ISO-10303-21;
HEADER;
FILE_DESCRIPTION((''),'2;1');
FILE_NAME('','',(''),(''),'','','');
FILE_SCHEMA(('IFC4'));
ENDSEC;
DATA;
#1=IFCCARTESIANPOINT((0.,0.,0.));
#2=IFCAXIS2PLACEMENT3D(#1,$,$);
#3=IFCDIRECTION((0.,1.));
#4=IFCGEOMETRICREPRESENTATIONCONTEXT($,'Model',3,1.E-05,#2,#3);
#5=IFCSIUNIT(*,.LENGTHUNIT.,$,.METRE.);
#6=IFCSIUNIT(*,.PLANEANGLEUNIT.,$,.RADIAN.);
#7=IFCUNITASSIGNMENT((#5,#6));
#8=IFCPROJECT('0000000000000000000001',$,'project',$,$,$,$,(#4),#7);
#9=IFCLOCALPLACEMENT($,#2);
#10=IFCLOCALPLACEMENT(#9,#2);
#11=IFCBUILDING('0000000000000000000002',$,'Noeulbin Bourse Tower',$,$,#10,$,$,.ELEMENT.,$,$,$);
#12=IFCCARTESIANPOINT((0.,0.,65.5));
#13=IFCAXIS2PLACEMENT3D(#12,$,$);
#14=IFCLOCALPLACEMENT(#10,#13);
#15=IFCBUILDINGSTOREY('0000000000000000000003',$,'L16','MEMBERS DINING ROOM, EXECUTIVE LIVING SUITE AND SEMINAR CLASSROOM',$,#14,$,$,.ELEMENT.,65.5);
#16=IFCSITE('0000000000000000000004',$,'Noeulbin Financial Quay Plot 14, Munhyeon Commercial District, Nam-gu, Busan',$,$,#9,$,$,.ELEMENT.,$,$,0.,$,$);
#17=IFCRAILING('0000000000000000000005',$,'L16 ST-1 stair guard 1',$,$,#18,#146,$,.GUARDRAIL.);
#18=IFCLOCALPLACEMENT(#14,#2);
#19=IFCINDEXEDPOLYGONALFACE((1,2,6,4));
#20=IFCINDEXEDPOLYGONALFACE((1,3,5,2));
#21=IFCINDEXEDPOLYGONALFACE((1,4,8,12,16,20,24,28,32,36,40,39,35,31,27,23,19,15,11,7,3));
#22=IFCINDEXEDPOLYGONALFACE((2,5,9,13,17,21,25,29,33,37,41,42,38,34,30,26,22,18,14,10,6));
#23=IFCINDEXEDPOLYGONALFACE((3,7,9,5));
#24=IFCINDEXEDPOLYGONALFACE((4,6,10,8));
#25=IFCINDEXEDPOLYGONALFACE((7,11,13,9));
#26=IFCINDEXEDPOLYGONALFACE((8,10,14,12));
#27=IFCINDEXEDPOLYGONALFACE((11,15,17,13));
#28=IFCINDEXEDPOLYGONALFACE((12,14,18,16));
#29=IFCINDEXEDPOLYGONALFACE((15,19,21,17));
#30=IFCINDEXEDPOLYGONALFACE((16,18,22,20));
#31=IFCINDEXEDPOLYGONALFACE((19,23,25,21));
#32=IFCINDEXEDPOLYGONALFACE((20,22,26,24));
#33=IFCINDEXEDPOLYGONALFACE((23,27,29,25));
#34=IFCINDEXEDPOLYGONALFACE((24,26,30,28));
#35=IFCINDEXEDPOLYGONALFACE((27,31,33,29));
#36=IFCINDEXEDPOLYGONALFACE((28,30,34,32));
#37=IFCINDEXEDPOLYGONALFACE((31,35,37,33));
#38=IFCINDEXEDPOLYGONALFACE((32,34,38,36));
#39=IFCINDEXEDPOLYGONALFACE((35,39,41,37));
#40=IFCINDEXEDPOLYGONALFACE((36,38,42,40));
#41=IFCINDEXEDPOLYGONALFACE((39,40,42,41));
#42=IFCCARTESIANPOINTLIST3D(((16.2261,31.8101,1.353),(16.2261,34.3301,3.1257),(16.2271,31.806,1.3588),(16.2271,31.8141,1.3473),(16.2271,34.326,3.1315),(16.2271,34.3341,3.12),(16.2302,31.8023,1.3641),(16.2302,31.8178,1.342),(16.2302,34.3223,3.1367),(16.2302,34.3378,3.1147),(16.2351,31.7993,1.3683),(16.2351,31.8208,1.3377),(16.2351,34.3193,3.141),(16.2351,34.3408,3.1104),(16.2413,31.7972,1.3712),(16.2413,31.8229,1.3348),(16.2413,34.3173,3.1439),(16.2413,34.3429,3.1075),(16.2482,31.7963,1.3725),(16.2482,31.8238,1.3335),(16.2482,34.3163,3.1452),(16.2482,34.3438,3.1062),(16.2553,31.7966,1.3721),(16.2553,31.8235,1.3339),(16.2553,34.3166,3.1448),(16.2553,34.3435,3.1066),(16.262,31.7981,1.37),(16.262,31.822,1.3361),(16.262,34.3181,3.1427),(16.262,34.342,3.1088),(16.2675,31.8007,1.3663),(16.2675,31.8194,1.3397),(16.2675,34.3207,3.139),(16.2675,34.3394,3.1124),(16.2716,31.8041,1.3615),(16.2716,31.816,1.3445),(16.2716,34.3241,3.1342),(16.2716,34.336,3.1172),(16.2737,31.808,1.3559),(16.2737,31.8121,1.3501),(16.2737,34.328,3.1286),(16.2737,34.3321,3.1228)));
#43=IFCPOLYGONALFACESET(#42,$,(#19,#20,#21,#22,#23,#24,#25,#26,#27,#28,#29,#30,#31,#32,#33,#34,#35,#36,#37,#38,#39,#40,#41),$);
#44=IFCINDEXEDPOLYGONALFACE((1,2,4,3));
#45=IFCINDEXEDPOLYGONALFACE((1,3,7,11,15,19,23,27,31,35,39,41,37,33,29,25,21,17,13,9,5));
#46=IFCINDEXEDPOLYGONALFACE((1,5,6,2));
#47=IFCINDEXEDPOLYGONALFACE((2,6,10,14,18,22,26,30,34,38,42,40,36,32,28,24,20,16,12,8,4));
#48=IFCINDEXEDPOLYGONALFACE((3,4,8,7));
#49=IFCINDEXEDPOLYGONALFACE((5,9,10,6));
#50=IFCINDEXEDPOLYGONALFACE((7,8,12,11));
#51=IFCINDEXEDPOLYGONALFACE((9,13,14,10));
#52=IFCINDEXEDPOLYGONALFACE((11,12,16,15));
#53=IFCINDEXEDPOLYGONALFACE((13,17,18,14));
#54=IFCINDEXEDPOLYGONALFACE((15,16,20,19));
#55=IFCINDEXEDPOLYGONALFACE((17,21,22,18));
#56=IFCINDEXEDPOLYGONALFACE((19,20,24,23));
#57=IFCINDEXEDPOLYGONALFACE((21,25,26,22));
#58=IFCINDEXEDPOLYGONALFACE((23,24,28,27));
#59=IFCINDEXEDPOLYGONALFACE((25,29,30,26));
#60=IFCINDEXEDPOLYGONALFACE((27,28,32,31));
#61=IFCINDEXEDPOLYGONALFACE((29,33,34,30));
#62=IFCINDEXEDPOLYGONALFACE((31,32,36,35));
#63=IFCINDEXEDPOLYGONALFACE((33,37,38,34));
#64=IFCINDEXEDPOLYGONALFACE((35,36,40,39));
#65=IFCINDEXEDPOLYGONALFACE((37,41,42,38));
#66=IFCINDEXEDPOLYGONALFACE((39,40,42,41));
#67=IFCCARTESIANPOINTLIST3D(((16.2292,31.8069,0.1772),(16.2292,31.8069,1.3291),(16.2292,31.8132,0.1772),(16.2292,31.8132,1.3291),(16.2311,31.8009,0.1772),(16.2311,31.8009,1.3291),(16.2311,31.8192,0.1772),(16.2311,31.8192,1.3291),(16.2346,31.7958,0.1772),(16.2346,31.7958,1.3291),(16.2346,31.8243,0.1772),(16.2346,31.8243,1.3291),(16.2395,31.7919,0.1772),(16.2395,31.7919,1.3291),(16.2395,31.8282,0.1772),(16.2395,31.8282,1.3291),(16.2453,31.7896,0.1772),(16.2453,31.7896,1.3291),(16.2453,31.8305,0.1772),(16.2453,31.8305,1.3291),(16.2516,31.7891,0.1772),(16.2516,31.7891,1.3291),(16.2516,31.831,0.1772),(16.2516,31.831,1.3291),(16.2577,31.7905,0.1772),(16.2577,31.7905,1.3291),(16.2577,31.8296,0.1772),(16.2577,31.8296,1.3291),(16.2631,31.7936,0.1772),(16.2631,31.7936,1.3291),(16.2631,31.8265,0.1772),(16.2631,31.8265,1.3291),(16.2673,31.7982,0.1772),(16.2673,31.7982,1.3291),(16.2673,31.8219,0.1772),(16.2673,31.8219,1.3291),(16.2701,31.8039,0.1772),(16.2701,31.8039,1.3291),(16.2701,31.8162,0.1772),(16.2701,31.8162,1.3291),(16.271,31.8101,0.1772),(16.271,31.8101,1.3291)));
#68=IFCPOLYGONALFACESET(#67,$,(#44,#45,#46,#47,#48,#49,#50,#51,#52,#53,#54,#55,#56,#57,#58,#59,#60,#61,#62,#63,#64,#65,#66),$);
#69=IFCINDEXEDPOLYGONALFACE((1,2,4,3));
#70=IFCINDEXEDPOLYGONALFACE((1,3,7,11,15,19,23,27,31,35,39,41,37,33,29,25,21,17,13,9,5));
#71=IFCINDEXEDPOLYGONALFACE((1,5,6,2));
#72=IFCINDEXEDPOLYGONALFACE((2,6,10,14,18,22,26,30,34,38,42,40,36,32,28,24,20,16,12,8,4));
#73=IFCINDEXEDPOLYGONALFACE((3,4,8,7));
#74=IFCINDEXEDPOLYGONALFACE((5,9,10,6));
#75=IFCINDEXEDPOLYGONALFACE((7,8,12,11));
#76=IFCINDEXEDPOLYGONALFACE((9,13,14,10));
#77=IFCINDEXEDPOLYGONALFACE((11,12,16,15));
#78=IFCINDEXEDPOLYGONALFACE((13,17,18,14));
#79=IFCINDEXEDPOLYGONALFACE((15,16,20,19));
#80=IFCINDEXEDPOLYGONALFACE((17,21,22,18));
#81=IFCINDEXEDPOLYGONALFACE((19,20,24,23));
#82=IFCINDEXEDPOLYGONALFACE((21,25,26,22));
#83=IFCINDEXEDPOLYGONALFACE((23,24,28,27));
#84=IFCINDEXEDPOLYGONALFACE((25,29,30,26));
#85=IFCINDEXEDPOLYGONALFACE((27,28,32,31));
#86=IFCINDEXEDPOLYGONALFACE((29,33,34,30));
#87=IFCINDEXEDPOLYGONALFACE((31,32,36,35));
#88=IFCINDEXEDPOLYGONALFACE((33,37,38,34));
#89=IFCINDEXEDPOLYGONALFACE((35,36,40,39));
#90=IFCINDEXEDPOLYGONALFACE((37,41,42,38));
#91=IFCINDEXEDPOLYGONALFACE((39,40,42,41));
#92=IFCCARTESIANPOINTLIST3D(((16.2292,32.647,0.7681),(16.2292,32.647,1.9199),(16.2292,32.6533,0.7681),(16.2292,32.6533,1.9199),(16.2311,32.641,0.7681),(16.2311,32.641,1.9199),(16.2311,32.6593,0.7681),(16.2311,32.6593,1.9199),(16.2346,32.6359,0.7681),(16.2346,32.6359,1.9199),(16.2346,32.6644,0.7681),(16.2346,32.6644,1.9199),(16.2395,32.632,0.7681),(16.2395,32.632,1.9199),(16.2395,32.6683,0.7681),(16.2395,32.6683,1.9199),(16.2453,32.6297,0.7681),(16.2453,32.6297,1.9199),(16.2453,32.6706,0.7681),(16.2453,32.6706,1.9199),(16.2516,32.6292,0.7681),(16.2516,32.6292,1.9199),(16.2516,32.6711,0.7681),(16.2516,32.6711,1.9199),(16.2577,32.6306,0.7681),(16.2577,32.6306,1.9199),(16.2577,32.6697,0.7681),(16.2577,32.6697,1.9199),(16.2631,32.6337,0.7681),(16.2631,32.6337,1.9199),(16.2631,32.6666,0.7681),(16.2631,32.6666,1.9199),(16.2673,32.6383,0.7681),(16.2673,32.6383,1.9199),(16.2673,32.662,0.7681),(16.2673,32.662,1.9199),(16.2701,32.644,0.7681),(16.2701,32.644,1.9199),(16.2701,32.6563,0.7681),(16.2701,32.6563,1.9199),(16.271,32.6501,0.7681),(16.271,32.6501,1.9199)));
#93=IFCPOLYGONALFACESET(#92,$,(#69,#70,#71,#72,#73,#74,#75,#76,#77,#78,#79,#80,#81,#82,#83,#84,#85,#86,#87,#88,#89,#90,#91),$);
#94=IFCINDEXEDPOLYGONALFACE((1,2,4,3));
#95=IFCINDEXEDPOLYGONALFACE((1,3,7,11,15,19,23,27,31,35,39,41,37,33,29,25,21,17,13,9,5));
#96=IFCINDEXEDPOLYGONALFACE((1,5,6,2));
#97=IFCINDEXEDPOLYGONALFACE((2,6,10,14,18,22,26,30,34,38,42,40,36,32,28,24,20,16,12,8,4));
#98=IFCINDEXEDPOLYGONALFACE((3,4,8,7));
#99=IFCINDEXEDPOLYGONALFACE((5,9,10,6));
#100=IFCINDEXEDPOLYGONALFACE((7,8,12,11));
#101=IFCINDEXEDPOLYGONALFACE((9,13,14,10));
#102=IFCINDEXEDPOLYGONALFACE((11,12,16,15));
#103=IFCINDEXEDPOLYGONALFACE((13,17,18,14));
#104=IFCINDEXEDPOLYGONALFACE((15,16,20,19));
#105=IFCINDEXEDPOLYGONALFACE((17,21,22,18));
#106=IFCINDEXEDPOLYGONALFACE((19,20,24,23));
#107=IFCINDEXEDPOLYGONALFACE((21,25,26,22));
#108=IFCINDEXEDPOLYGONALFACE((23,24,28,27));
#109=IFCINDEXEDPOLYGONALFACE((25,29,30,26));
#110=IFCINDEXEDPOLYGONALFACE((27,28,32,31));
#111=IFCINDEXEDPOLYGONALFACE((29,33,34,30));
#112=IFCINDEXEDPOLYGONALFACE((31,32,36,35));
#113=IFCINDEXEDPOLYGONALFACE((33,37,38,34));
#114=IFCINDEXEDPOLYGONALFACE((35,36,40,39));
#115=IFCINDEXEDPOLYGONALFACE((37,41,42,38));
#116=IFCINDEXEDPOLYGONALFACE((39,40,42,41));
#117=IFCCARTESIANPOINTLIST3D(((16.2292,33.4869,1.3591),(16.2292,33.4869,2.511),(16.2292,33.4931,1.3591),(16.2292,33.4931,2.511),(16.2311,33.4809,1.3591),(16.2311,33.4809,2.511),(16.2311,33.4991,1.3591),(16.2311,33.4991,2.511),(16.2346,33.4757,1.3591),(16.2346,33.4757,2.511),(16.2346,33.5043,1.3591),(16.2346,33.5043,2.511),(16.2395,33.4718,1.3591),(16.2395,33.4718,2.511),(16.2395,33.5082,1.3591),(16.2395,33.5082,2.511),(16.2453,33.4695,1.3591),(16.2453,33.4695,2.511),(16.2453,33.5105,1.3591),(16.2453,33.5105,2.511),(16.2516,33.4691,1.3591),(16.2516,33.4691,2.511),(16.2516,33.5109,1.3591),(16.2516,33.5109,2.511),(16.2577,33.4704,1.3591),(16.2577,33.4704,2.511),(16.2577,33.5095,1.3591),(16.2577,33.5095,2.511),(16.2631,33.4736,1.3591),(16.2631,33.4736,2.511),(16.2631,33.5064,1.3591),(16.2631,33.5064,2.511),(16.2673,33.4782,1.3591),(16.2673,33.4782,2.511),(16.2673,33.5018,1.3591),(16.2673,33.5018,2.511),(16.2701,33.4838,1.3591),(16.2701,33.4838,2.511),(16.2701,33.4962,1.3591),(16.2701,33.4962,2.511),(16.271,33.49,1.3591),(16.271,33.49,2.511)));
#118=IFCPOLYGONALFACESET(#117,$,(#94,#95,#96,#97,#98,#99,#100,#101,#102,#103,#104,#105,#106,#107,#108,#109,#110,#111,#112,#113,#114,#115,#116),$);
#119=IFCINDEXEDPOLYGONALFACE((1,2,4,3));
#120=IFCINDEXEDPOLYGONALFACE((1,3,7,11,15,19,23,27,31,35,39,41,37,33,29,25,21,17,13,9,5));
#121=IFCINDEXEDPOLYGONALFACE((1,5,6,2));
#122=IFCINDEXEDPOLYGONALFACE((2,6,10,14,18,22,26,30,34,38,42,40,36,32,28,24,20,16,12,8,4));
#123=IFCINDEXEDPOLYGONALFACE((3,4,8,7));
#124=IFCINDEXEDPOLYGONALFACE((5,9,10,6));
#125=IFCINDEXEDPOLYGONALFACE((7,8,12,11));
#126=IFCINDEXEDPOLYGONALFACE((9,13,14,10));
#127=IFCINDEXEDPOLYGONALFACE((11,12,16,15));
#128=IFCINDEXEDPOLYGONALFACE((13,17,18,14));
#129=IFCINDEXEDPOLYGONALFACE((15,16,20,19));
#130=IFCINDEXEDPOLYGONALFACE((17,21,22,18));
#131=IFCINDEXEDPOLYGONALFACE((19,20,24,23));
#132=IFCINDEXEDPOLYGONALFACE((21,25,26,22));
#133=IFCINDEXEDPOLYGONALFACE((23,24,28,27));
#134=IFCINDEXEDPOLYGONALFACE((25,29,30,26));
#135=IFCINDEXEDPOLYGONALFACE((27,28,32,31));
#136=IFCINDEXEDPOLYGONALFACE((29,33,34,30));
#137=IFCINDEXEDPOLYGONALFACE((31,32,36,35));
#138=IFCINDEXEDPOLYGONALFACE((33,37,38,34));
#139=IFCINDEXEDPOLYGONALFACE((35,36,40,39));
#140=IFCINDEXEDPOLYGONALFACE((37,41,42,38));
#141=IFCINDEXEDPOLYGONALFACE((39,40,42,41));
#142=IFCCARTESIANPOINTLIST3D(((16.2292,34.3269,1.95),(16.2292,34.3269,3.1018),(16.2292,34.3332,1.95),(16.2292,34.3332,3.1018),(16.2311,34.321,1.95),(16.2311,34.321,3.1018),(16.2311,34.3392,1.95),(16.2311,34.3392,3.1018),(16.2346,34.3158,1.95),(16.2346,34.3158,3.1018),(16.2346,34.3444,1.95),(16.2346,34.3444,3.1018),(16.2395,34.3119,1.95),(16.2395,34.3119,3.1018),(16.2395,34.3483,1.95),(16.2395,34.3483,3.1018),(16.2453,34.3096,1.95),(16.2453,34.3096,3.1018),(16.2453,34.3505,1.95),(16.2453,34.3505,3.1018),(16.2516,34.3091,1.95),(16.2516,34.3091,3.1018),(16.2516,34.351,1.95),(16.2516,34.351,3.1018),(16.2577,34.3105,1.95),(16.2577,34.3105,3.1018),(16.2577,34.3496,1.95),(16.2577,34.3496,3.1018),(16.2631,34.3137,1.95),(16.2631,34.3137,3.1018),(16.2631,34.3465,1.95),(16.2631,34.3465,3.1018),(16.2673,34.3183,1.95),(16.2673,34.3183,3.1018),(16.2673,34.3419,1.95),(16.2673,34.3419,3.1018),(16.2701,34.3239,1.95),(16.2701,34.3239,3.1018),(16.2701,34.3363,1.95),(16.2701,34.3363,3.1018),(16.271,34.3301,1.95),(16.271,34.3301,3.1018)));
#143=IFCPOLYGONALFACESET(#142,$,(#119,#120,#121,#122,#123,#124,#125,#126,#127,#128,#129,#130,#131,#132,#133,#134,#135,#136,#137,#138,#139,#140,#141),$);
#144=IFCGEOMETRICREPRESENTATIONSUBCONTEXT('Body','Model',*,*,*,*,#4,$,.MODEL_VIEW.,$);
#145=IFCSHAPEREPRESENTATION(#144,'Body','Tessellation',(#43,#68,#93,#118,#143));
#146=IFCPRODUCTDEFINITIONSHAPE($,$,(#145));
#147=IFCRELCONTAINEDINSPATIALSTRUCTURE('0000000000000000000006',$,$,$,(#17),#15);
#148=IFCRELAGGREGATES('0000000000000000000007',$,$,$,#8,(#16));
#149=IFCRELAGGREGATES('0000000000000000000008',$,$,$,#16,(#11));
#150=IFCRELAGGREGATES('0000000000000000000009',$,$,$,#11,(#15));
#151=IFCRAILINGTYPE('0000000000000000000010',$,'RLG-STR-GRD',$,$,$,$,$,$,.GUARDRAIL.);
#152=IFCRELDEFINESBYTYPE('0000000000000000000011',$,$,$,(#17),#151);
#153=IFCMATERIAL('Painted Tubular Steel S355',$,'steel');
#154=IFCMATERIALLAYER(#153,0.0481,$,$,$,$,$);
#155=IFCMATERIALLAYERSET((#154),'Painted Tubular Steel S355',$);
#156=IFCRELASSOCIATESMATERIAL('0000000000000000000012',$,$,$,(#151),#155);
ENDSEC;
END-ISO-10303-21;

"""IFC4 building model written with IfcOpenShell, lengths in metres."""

from ifc_helpers import new_model, si_unit, direction, frame, origin, origin_2d, place, context, subcontext, project, spatial, circle, extrude, material, layer, layer_set, type_object, element, save


model = new_model("IFC4")

# Units and contexts
model_context = context("Model", 3, precision=1e-05, world=origin(), true_north=direction((0.0, 1.0)))
body_context = subcontext(model_context, "Body", "Model", "MODEL_VIEW")
ifc_project = project(units=[si_unit("LENGTHUNIT", "METRE"), si_unit("PLANEANGLEUNIT", "RADIAN")], contexts=[model_context])

# Site, building, storey
site_placement = place(None, origin())
site = spatial("IfcSite", under=ifc_project, at=site_placement, Name="Noeulbin Financial Quay Plot 14, Munhyeon Commercial District, Nam-gu, Busan", CompositionType="ELEMENT", RefElevation=0.0)
building_placement = place(site_placement, origin())
building = spatial("IfcBuilding", under=site, at=building_placement, Name="Noeulbin Bourse Tower", CompositionType="ELEMENT")
storey_placement = place(building_placement, frame((0.0, 0.0, 65.5)))
storey = spatial("IfcBuildingStorey", under=building, at=storey_placement, Name="L16", Description="MEMBERS DINING ROOM, EXECUTIVE LIVING SUITE AND SEMINAR CLASSROOM", CompositionType="ELEMENT", Elevation=65.5)

# Railing
ifc_material_1 = material(Name="Painted Tubular Steel S355", Category="steel")
ifc_layer_1 = layer(ifc_material_1, 0.0481)
ifc_layer_set_1 = layer_set([ifc_layer_1], Name="Painted Tubular Steel S355")
railing_type_1 = type_object("IfcRailingType", Name="RLG-STR-GRD", PredefinedType="GUARDRAIL", material=ifc_layer_set_1)
railing_1_placement = place(storey_placement, frame((16.25, 31.8101, 0.1772)))
element("IfcRailing", 1, at=railing_1_placement, inside=storey, type_object=railing_type_1, Name="L16 ST-1 stair guard 1", PredefinedType="GUARDRAIL", context=body_context, shape_type="SweptSolid", body=[
    extrude(circle(Radius=0.0239, at=origin_2d()), frame((0.0, 0.0, 1.1758), z_axis=(0.0, 0.817904, 0.575354), x_axis=(-1.0, 0.0, 0.0)), (0.0, 0.0, 1.0), 3.0811),
    extrude(circle(Radius=0.021, at=origin_2d()), origin(), (0.0, 0.0, 1.0), 1.1519),
    extrude(circle(Radius=0.021, at=origin_2d()), frame((0.0, 0.8401, 0.5908)), (0.0, 0.0, 1.0), 1.1519),
    extrude(circle(Radius=0.021, at=origin_2d()), frame((0.0, 1.6799, 1.1819)), (0.0, 0.0, 1.0), 1.1519),
    extrude(circle(Radius=0.021, at=origin_2d()), frame((0.0, 2.52, 1.7727)), (0.0, 0.0, 1.0), 1.1519),
])

save(model, "model.ifc")
